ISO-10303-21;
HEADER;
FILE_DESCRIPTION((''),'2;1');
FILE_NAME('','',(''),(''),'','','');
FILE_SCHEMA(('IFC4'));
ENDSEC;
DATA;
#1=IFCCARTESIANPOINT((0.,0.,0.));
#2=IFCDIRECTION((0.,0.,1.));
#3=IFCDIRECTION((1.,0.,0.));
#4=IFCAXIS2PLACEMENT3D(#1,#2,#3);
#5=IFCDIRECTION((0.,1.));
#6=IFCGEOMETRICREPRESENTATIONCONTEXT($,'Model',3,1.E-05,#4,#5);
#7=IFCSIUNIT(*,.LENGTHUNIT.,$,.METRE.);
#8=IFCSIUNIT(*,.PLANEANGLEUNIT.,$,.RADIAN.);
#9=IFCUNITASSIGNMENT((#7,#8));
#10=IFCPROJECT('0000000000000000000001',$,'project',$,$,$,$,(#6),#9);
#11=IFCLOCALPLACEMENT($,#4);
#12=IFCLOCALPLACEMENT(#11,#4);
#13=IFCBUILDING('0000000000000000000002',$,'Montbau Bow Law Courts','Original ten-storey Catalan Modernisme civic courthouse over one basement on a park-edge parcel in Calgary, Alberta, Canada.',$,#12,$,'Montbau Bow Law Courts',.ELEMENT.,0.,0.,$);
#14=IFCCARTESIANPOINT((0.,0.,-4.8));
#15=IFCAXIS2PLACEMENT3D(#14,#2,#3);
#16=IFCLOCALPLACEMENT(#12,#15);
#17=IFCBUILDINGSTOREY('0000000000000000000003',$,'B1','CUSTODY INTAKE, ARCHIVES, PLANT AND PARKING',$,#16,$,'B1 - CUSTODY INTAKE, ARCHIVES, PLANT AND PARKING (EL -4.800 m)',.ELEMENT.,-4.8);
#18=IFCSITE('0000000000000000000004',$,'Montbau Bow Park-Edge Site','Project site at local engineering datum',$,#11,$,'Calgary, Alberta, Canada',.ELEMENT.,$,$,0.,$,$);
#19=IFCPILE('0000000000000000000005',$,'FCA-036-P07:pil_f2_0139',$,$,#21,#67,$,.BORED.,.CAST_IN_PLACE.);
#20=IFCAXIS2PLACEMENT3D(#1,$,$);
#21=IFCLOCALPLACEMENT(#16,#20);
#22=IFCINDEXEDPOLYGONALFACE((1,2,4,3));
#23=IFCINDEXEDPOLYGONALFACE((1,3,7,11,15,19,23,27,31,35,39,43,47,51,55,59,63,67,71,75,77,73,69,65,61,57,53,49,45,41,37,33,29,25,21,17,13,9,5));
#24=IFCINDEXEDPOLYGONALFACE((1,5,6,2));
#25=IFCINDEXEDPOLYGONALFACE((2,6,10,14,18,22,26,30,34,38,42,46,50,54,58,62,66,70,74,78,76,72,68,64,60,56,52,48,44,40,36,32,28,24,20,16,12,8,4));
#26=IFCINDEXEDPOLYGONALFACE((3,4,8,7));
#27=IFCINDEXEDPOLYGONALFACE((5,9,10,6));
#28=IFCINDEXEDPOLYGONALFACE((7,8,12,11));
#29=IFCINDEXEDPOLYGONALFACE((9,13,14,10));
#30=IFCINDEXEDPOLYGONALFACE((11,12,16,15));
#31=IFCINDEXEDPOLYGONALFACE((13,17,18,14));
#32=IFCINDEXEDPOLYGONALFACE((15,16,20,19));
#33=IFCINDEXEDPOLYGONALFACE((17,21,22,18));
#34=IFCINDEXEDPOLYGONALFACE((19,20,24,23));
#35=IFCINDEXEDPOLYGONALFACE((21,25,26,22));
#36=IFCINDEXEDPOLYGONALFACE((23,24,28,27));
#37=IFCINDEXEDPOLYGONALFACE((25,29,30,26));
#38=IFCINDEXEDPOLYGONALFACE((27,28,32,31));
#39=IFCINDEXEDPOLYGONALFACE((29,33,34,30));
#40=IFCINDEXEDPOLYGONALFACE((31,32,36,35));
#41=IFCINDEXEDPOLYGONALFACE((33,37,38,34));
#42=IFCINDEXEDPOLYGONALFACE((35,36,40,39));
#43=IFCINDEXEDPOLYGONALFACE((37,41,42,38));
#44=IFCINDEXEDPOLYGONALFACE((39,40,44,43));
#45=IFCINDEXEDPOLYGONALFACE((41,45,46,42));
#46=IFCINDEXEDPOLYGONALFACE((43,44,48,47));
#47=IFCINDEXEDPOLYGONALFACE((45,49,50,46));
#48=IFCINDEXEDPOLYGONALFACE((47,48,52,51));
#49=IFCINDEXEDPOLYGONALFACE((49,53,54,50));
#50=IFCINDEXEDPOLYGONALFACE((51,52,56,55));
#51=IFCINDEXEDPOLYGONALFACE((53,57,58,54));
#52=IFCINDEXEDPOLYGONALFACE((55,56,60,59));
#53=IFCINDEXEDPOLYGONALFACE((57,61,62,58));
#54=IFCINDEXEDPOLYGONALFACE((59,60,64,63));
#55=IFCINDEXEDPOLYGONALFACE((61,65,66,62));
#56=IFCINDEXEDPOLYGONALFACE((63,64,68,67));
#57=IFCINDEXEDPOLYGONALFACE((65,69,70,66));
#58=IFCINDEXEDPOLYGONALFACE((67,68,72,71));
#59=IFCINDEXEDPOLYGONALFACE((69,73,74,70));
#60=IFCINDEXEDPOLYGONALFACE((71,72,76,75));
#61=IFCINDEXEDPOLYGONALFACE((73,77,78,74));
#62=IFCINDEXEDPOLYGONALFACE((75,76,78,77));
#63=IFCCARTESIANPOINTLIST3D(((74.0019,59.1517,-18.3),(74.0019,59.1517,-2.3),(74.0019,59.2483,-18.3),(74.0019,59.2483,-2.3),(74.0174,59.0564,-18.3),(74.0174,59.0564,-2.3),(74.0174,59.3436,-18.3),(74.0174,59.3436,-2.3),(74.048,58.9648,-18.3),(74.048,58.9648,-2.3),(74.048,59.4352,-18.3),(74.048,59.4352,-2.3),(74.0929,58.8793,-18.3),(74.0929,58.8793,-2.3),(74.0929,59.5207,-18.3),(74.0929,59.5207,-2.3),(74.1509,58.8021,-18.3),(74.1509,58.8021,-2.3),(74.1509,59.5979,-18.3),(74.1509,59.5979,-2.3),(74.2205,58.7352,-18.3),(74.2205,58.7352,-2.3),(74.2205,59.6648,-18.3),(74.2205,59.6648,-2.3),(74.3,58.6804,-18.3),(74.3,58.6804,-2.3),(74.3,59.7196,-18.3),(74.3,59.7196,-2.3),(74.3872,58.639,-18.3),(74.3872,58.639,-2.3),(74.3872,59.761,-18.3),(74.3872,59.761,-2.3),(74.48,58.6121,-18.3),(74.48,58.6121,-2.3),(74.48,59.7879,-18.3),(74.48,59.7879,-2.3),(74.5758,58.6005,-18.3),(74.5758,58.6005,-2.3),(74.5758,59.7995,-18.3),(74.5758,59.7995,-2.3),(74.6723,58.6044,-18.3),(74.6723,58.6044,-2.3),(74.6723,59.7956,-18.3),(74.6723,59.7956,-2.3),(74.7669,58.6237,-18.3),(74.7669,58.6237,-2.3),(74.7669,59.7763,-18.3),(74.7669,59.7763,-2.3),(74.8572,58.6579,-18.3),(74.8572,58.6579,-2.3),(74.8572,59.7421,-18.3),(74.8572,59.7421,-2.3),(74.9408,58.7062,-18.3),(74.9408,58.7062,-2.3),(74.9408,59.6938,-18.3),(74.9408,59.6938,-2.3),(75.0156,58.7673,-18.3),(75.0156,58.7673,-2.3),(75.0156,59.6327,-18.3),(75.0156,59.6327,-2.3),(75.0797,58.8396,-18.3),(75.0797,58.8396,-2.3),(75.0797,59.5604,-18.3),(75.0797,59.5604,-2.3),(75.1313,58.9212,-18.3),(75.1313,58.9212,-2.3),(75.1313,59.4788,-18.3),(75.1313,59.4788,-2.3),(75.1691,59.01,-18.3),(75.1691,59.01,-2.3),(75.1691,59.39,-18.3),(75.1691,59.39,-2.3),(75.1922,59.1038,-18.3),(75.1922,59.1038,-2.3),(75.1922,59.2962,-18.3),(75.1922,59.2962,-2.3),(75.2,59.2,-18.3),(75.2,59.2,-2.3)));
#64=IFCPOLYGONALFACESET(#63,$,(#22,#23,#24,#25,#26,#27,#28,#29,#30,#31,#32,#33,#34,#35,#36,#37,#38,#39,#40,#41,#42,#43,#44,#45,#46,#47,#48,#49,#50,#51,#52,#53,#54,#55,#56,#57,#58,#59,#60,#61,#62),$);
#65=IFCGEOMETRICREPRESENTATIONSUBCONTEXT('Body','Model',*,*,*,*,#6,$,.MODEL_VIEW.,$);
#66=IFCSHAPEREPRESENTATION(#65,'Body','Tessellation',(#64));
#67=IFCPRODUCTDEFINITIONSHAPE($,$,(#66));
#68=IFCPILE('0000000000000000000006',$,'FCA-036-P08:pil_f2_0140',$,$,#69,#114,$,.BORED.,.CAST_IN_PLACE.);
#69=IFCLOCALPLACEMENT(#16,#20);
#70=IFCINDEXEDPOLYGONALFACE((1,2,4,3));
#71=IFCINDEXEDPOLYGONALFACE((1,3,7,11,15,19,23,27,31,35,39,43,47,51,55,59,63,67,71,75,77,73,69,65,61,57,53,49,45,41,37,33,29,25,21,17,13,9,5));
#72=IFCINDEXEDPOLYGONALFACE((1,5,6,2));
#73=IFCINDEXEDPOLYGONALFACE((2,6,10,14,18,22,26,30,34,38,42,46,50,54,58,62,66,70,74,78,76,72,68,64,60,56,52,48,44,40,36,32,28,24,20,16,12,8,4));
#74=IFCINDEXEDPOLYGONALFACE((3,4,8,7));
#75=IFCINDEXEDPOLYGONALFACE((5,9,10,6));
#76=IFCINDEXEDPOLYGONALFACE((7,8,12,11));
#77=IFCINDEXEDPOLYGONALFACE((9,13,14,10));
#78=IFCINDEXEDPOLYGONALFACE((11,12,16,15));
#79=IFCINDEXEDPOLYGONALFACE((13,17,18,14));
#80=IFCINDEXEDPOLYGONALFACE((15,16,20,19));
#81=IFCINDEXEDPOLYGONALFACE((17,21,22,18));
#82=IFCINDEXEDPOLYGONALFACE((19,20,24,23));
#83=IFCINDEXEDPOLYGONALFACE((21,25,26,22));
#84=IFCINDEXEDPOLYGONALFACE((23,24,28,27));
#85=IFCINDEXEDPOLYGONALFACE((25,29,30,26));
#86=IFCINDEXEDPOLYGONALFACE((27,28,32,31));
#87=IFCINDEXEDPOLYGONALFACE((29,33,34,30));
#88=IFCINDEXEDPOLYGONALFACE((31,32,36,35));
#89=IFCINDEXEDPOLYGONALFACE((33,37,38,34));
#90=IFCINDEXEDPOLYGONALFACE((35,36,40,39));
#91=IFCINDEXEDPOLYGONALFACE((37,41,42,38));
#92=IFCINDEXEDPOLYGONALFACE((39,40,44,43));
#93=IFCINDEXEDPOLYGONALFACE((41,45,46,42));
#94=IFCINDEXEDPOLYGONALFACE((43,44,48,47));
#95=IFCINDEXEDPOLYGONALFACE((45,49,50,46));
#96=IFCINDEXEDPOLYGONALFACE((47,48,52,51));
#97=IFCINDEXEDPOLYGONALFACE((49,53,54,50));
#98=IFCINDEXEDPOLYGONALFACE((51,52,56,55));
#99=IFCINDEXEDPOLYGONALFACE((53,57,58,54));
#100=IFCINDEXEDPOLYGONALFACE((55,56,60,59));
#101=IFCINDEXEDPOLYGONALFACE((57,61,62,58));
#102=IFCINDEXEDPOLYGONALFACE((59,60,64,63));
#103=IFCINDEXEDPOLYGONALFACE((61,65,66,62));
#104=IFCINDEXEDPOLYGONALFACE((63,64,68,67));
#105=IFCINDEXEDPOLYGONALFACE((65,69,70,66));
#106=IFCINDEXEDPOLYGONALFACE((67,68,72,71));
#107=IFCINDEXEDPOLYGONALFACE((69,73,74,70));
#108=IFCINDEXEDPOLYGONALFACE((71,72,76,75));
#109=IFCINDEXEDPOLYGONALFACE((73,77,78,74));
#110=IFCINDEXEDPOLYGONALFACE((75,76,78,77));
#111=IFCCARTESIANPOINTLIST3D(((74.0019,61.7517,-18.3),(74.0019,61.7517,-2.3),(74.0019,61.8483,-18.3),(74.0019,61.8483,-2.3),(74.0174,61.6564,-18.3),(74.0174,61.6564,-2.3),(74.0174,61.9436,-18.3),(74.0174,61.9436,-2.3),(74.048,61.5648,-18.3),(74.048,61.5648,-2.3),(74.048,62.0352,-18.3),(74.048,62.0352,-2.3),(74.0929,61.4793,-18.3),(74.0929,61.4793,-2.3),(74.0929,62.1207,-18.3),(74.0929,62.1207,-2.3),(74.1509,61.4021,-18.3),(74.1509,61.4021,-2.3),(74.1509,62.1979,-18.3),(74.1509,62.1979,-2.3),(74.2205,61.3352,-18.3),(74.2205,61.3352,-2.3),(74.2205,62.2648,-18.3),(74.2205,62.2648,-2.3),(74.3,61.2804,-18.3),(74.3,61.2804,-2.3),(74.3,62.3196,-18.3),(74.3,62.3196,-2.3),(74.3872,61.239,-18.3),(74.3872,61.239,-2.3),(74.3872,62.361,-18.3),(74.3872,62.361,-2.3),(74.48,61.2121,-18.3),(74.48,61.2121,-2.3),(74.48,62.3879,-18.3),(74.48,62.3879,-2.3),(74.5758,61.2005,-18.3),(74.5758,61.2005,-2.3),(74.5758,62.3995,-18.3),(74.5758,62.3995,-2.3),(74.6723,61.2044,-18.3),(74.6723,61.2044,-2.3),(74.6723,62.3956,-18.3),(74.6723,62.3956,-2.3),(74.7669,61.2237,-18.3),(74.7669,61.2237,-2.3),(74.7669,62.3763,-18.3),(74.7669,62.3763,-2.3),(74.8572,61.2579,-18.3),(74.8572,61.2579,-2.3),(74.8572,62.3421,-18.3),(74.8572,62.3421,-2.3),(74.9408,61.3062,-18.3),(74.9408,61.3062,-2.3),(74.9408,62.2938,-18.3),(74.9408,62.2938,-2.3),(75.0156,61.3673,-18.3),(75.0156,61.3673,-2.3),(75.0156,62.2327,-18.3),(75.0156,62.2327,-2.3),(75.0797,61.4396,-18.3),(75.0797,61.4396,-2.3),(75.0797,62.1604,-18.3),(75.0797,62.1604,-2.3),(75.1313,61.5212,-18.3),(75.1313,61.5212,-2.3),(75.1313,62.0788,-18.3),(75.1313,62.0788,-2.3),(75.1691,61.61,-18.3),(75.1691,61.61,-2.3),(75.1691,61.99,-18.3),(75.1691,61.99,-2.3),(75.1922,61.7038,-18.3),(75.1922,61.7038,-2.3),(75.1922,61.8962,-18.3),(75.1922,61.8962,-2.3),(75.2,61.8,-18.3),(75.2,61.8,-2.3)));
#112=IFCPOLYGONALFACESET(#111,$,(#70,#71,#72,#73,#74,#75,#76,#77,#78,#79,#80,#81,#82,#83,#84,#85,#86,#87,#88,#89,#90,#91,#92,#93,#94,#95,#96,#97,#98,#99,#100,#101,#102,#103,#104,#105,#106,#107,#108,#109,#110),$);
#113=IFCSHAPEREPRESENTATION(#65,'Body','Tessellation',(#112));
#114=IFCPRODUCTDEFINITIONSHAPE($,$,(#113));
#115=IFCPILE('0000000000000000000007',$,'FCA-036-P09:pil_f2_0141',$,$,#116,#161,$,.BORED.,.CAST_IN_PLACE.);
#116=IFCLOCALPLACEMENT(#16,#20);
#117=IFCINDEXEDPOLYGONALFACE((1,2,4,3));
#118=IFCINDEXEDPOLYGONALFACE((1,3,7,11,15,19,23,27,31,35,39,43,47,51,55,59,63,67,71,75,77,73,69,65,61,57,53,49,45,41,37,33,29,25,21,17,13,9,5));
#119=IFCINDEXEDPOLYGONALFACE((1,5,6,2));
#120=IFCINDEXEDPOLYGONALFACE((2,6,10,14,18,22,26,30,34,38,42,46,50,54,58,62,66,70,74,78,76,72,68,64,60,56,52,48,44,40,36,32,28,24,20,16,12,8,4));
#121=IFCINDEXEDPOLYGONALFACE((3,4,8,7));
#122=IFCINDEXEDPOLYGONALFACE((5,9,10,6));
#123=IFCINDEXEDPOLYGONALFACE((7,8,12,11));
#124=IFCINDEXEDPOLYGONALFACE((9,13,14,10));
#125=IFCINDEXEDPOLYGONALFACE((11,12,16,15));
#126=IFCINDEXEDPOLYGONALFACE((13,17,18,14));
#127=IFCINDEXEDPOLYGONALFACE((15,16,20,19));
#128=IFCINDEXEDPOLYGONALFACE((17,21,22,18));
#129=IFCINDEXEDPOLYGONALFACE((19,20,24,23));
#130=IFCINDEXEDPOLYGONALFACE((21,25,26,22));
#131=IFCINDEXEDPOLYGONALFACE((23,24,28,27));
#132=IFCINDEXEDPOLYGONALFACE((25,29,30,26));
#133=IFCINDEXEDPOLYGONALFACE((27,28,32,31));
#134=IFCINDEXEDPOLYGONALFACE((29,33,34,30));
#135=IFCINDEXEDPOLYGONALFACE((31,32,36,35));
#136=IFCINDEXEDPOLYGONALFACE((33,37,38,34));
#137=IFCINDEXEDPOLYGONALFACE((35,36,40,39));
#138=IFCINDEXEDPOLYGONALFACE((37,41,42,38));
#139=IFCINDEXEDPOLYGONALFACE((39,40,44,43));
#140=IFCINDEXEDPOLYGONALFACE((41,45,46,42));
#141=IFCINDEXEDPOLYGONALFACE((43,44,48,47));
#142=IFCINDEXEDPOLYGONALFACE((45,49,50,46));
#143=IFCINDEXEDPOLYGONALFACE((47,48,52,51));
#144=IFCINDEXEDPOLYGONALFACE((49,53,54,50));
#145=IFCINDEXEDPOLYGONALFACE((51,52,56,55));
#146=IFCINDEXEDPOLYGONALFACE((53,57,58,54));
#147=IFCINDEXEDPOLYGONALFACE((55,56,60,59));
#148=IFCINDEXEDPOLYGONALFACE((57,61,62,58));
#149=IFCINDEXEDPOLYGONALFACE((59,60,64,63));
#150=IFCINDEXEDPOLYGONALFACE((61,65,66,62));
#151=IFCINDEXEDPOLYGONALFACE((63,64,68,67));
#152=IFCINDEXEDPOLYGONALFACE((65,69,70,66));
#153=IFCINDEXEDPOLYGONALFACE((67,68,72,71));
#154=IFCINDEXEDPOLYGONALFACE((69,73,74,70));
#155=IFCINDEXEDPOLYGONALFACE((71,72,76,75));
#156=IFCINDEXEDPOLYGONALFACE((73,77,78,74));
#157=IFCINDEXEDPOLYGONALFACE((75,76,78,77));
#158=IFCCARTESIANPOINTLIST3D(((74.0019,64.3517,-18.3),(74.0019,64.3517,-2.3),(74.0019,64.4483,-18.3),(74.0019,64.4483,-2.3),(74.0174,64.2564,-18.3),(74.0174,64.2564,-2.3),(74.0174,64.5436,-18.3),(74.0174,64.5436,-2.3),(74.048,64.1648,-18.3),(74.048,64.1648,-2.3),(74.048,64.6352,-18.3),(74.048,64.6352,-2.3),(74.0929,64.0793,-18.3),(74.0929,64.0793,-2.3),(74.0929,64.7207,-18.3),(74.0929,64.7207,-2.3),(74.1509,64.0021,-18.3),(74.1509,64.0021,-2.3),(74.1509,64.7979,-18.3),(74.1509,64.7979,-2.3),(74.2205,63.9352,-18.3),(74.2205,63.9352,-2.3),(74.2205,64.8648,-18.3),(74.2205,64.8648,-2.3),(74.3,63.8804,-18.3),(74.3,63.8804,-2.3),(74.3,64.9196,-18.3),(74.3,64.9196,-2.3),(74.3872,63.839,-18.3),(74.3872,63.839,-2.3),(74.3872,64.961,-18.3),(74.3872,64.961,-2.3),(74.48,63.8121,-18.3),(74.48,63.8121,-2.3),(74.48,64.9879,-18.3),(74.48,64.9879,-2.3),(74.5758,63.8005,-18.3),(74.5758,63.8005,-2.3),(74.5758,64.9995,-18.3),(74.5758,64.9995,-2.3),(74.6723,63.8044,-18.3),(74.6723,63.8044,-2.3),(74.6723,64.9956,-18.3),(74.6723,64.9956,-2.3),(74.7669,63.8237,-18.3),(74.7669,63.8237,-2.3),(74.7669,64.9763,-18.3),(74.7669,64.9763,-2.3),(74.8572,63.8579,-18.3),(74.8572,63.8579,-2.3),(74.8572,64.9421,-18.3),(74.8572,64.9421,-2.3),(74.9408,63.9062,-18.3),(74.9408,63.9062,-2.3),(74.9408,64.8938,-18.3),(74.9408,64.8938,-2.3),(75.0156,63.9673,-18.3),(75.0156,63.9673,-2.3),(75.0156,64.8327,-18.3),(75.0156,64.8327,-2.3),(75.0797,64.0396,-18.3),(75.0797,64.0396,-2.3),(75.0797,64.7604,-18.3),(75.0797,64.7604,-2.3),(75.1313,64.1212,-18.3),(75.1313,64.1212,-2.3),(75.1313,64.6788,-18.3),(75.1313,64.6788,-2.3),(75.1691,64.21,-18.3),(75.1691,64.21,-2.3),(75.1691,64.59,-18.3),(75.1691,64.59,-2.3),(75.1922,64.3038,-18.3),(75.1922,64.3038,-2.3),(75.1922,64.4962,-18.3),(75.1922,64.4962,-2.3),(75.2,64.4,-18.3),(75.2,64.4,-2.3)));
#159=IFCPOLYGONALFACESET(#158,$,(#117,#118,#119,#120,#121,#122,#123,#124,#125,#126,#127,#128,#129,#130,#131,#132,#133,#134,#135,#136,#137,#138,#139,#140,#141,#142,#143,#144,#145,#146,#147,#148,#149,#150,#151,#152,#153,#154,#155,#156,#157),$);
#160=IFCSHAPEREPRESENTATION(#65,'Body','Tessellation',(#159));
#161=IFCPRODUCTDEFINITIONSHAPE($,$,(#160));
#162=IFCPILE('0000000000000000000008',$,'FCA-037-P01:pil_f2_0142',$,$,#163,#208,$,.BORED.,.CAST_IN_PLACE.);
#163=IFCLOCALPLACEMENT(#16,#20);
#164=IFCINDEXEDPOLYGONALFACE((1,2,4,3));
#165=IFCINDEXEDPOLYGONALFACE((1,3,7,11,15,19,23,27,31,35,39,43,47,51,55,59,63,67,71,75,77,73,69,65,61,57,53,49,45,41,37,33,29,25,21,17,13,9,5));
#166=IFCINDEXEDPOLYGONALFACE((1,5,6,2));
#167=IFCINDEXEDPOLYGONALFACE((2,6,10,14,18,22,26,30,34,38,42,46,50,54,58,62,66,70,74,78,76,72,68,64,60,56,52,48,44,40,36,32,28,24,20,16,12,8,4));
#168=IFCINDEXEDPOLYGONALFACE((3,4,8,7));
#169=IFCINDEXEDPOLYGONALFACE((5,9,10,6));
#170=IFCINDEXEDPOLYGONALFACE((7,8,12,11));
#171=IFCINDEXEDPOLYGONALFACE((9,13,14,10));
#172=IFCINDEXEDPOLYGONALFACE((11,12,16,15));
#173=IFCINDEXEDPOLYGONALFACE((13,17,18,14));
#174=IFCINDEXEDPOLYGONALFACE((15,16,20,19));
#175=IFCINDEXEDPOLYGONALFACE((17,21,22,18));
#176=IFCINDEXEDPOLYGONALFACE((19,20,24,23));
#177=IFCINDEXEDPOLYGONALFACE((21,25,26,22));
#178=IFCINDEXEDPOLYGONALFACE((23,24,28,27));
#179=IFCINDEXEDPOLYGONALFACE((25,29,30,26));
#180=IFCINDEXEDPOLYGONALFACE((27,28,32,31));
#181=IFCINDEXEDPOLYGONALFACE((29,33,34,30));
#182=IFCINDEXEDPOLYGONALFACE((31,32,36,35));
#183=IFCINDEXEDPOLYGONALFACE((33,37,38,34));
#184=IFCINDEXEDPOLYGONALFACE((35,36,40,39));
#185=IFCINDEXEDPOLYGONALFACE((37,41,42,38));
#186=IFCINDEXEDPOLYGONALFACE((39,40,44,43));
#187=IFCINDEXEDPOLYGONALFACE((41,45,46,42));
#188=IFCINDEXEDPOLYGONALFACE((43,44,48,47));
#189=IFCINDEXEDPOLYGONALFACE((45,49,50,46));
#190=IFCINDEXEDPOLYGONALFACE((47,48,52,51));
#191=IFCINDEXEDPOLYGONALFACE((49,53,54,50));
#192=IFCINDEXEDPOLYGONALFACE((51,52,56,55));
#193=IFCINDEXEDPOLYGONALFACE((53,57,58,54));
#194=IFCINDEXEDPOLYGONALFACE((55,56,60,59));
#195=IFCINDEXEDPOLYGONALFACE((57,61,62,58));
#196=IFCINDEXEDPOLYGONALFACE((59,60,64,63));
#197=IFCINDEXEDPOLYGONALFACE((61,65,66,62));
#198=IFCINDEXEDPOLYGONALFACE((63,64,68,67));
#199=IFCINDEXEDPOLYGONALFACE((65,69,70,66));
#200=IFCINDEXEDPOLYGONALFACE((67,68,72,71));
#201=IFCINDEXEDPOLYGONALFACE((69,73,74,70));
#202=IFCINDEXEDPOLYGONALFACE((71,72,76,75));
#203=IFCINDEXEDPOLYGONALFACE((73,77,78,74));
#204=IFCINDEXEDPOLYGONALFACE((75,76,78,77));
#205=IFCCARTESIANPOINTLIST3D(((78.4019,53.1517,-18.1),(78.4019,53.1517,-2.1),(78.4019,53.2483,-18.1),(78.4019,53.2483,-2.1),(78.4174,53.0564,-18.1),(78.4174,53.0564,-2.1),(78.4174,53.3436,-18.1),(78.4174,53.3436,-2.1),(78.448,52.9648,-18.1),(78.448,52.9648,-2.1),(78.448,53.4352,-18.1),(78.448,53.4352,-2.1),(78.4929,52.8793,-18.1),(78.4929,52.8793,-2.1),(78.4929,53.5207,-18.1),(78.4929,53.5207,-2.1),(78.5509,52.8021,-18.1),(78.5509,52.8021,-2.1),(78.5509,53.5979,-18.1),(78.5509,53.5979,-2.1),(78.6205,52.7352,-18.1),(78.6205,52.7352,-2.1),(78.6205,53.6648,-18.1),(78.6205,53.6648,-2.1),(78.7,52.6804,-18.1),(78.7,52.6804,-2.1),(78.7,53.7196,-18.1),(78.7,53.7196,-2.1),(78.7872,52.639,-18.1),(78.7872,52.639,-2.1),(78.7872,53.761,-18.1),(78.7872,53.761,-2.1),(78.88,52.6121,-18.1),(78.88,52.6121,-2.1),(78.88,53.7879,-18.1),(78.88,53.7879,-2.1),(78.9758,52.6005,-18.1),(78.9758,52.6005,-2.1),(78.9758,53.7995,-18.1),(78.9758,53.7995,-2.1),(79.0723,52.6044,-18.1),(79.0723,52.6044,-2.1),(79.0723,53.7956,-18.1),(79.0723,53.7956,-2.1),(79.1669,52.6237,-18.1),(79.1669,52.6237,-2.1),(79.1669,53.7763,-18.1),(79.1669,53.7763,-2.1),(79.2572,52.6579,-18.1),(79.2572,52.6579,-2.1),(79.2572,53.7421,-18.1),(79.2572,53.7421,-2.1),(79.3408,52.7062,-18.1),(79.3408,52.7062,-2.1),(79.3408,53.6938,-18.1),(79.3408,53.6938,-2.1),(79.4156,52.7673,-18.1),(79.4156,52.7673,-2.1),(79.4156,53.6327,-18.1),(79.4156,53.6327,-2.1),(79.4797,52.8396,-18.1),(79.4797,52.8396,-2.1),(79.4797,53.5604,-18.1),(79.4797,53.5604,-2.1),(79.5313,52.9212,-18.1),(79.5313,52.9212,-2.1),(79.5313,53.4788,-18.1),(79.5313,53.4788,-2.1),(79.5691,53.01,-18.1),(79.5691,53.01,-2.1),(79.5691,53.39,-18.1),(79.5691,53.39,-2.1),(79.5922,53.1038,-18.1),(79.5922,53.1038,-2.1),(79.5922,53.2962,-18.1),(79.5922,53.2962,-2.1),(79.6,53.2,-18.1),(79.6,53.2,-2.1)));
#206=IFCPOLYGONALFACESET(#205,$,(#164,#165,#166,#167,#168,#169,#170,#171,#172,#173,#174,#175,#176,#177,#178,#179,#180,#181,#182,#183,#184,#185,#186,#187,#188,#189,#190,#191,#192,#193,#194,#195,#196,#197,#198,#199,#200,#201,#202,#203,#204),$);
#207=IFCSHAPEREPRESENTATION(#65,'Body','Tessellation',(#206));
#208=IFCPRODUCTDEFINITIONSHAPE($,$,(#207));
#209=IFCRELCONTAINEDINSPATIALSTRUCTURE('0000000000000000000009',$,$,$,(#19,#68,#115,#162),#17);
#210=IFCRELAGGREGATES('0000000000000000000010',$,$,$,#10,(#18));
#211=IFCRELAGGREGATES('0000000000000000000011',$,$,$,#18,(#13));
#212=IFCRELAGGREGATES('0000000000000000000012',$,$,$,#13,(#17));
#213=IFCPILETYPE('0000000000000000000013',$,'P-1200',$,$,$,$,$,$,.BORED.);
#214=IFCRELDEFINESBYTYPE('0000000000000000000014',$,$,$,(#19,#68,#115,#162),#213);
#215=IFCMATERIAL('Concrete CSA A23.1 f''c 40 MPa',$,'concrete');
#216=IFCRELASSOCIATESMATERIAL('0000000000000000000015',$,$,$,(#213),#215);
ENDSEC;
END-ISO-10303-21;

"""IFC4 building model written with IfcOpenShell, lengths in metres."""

from ifc_helpers import new_model, si_unit, direction, frame, origin_with_axes, origin_2d_with_axis, place, context, subcontext, project, spatial, circle, extrude, material, material_profile, profile_set, type_object, element, save


model = new_model("IFC4")

# Units and contexts
model_context = context("Model", 3, precision=1e-05, world=origin_with_axes(), true_north=direction((0.0, 1.0)))
body_context = subcontext(model_context, "Body", "Model", "MODEL_VIEW")
ifc_project = project(units=[si_unit("LENGTHUNIT", "METRE"), si_unit("PLANEANGLEUNIT", "RADIAN")], contexts=[model_context])

# Site, building, storey
site_placement = place(None, origin_with_axes())
site = spatial("IfcSite", under=ifc_project, at=site_placement, Name="Montbau Bow Park-Edge Site", Description="Project site at local engineering datum", LongName="Calgary, Alberta, Canada", CompositionType="ELEMENT", RefElevation=0.0)
building_placement = place(site_placement, origin_with_axes())
building = spatial("IfcBuilding", under=site, at=building_placement, Name="Montbau Bow Law Courts", Description="Original ten-storey Catalan Modernisme civic courthouse over one basement on a park-edge parcel in Calgary, Alberta, Canada.", LongName="Montbau Bow Law Courts", CompositionType="ELEMENT", ElevationOfRefHeight=0.0, ElevationOfTerrain=0.0)
storey_placement = place(building_placement, frame((0.0, 0.0, -4.8), z_axis=(0.0, 0.0, 1.0), x_axis=(1.0, 0.0, 0.0)))
storey = spatial("IfcBuildingStorey", under=building, at=storey_placement, Name="B1", Description="CUSTODY INTAKE, ARCHIVES, PLANT AND PARKING", LongName="B1 - CUSTODY INTAKE, ARCHIVES, PLANT AND PARKING (EL -4.800 m)", CompositionType="ELEMENT", Elevation=-4.8)

# Piles
ifc_material_1 = material(Name="Concrete CSA A23.1 f'c 40 MPa", Category="concrete")
ifc_material_profile_1 = material_profile(ifc_material_1, circle(Radius=0.6, at=origin_2d_with_axis()), Name="BP1200", Category="Main", Priority=0)
ifc_profile_set_1 = profile_set([ifc_material_profile_1], Name="Concrete CSA A23.1 f'c 40 MPa")
pile_type_1 = type_object("IfcPileType", Name="P-1200", PredefinedType="BORED", material=ifc_profile_set_1)
for number, where, z_axis, x_axis, name in (
    (1, (74.6, 59.2, -23.1), (0.0, 0.0, 1.0), (1.0, 0.0, 0.0), "FCA-036-P07:pil_f2_0139"),
    (2, (74.6, 61.8, -23.1), (0.0, 0.0, 1.0), (1.0, 0.0, 0.0), "FCA-036-P08:pil_f2_0140"),
    (3, (74.6, 64.4, -23.1), (0.0, 0.0, 1.0), (1.0, 0.0, 0.0), "FCA-036-P09:pil_f2_0141"),
    (4, (79.0, 53.2, -22.9), (0.0, 0.0, 1.0), (1.0, 0.0, 0.0), "FCA-037-P01:pil_f2_0142"),
):
    element("IfcPile", number, at=place(None, frame(where, z_axis=z_axis, x_axis=x_axis)), inside=storey, type_object=pile_type_1, Name=name, ConstructionType="CAST_IN_PLACE", PredefinedType="BORED", context=body_context, shape_type="SweptSolid", body=[
        extrude(circle(Radius=0.6, at=origin_2d_with_axis()), origin_with_axes(), (0.0, 0.0, 1.0), 16.0),
    ])

save(model, "model.ifc")
